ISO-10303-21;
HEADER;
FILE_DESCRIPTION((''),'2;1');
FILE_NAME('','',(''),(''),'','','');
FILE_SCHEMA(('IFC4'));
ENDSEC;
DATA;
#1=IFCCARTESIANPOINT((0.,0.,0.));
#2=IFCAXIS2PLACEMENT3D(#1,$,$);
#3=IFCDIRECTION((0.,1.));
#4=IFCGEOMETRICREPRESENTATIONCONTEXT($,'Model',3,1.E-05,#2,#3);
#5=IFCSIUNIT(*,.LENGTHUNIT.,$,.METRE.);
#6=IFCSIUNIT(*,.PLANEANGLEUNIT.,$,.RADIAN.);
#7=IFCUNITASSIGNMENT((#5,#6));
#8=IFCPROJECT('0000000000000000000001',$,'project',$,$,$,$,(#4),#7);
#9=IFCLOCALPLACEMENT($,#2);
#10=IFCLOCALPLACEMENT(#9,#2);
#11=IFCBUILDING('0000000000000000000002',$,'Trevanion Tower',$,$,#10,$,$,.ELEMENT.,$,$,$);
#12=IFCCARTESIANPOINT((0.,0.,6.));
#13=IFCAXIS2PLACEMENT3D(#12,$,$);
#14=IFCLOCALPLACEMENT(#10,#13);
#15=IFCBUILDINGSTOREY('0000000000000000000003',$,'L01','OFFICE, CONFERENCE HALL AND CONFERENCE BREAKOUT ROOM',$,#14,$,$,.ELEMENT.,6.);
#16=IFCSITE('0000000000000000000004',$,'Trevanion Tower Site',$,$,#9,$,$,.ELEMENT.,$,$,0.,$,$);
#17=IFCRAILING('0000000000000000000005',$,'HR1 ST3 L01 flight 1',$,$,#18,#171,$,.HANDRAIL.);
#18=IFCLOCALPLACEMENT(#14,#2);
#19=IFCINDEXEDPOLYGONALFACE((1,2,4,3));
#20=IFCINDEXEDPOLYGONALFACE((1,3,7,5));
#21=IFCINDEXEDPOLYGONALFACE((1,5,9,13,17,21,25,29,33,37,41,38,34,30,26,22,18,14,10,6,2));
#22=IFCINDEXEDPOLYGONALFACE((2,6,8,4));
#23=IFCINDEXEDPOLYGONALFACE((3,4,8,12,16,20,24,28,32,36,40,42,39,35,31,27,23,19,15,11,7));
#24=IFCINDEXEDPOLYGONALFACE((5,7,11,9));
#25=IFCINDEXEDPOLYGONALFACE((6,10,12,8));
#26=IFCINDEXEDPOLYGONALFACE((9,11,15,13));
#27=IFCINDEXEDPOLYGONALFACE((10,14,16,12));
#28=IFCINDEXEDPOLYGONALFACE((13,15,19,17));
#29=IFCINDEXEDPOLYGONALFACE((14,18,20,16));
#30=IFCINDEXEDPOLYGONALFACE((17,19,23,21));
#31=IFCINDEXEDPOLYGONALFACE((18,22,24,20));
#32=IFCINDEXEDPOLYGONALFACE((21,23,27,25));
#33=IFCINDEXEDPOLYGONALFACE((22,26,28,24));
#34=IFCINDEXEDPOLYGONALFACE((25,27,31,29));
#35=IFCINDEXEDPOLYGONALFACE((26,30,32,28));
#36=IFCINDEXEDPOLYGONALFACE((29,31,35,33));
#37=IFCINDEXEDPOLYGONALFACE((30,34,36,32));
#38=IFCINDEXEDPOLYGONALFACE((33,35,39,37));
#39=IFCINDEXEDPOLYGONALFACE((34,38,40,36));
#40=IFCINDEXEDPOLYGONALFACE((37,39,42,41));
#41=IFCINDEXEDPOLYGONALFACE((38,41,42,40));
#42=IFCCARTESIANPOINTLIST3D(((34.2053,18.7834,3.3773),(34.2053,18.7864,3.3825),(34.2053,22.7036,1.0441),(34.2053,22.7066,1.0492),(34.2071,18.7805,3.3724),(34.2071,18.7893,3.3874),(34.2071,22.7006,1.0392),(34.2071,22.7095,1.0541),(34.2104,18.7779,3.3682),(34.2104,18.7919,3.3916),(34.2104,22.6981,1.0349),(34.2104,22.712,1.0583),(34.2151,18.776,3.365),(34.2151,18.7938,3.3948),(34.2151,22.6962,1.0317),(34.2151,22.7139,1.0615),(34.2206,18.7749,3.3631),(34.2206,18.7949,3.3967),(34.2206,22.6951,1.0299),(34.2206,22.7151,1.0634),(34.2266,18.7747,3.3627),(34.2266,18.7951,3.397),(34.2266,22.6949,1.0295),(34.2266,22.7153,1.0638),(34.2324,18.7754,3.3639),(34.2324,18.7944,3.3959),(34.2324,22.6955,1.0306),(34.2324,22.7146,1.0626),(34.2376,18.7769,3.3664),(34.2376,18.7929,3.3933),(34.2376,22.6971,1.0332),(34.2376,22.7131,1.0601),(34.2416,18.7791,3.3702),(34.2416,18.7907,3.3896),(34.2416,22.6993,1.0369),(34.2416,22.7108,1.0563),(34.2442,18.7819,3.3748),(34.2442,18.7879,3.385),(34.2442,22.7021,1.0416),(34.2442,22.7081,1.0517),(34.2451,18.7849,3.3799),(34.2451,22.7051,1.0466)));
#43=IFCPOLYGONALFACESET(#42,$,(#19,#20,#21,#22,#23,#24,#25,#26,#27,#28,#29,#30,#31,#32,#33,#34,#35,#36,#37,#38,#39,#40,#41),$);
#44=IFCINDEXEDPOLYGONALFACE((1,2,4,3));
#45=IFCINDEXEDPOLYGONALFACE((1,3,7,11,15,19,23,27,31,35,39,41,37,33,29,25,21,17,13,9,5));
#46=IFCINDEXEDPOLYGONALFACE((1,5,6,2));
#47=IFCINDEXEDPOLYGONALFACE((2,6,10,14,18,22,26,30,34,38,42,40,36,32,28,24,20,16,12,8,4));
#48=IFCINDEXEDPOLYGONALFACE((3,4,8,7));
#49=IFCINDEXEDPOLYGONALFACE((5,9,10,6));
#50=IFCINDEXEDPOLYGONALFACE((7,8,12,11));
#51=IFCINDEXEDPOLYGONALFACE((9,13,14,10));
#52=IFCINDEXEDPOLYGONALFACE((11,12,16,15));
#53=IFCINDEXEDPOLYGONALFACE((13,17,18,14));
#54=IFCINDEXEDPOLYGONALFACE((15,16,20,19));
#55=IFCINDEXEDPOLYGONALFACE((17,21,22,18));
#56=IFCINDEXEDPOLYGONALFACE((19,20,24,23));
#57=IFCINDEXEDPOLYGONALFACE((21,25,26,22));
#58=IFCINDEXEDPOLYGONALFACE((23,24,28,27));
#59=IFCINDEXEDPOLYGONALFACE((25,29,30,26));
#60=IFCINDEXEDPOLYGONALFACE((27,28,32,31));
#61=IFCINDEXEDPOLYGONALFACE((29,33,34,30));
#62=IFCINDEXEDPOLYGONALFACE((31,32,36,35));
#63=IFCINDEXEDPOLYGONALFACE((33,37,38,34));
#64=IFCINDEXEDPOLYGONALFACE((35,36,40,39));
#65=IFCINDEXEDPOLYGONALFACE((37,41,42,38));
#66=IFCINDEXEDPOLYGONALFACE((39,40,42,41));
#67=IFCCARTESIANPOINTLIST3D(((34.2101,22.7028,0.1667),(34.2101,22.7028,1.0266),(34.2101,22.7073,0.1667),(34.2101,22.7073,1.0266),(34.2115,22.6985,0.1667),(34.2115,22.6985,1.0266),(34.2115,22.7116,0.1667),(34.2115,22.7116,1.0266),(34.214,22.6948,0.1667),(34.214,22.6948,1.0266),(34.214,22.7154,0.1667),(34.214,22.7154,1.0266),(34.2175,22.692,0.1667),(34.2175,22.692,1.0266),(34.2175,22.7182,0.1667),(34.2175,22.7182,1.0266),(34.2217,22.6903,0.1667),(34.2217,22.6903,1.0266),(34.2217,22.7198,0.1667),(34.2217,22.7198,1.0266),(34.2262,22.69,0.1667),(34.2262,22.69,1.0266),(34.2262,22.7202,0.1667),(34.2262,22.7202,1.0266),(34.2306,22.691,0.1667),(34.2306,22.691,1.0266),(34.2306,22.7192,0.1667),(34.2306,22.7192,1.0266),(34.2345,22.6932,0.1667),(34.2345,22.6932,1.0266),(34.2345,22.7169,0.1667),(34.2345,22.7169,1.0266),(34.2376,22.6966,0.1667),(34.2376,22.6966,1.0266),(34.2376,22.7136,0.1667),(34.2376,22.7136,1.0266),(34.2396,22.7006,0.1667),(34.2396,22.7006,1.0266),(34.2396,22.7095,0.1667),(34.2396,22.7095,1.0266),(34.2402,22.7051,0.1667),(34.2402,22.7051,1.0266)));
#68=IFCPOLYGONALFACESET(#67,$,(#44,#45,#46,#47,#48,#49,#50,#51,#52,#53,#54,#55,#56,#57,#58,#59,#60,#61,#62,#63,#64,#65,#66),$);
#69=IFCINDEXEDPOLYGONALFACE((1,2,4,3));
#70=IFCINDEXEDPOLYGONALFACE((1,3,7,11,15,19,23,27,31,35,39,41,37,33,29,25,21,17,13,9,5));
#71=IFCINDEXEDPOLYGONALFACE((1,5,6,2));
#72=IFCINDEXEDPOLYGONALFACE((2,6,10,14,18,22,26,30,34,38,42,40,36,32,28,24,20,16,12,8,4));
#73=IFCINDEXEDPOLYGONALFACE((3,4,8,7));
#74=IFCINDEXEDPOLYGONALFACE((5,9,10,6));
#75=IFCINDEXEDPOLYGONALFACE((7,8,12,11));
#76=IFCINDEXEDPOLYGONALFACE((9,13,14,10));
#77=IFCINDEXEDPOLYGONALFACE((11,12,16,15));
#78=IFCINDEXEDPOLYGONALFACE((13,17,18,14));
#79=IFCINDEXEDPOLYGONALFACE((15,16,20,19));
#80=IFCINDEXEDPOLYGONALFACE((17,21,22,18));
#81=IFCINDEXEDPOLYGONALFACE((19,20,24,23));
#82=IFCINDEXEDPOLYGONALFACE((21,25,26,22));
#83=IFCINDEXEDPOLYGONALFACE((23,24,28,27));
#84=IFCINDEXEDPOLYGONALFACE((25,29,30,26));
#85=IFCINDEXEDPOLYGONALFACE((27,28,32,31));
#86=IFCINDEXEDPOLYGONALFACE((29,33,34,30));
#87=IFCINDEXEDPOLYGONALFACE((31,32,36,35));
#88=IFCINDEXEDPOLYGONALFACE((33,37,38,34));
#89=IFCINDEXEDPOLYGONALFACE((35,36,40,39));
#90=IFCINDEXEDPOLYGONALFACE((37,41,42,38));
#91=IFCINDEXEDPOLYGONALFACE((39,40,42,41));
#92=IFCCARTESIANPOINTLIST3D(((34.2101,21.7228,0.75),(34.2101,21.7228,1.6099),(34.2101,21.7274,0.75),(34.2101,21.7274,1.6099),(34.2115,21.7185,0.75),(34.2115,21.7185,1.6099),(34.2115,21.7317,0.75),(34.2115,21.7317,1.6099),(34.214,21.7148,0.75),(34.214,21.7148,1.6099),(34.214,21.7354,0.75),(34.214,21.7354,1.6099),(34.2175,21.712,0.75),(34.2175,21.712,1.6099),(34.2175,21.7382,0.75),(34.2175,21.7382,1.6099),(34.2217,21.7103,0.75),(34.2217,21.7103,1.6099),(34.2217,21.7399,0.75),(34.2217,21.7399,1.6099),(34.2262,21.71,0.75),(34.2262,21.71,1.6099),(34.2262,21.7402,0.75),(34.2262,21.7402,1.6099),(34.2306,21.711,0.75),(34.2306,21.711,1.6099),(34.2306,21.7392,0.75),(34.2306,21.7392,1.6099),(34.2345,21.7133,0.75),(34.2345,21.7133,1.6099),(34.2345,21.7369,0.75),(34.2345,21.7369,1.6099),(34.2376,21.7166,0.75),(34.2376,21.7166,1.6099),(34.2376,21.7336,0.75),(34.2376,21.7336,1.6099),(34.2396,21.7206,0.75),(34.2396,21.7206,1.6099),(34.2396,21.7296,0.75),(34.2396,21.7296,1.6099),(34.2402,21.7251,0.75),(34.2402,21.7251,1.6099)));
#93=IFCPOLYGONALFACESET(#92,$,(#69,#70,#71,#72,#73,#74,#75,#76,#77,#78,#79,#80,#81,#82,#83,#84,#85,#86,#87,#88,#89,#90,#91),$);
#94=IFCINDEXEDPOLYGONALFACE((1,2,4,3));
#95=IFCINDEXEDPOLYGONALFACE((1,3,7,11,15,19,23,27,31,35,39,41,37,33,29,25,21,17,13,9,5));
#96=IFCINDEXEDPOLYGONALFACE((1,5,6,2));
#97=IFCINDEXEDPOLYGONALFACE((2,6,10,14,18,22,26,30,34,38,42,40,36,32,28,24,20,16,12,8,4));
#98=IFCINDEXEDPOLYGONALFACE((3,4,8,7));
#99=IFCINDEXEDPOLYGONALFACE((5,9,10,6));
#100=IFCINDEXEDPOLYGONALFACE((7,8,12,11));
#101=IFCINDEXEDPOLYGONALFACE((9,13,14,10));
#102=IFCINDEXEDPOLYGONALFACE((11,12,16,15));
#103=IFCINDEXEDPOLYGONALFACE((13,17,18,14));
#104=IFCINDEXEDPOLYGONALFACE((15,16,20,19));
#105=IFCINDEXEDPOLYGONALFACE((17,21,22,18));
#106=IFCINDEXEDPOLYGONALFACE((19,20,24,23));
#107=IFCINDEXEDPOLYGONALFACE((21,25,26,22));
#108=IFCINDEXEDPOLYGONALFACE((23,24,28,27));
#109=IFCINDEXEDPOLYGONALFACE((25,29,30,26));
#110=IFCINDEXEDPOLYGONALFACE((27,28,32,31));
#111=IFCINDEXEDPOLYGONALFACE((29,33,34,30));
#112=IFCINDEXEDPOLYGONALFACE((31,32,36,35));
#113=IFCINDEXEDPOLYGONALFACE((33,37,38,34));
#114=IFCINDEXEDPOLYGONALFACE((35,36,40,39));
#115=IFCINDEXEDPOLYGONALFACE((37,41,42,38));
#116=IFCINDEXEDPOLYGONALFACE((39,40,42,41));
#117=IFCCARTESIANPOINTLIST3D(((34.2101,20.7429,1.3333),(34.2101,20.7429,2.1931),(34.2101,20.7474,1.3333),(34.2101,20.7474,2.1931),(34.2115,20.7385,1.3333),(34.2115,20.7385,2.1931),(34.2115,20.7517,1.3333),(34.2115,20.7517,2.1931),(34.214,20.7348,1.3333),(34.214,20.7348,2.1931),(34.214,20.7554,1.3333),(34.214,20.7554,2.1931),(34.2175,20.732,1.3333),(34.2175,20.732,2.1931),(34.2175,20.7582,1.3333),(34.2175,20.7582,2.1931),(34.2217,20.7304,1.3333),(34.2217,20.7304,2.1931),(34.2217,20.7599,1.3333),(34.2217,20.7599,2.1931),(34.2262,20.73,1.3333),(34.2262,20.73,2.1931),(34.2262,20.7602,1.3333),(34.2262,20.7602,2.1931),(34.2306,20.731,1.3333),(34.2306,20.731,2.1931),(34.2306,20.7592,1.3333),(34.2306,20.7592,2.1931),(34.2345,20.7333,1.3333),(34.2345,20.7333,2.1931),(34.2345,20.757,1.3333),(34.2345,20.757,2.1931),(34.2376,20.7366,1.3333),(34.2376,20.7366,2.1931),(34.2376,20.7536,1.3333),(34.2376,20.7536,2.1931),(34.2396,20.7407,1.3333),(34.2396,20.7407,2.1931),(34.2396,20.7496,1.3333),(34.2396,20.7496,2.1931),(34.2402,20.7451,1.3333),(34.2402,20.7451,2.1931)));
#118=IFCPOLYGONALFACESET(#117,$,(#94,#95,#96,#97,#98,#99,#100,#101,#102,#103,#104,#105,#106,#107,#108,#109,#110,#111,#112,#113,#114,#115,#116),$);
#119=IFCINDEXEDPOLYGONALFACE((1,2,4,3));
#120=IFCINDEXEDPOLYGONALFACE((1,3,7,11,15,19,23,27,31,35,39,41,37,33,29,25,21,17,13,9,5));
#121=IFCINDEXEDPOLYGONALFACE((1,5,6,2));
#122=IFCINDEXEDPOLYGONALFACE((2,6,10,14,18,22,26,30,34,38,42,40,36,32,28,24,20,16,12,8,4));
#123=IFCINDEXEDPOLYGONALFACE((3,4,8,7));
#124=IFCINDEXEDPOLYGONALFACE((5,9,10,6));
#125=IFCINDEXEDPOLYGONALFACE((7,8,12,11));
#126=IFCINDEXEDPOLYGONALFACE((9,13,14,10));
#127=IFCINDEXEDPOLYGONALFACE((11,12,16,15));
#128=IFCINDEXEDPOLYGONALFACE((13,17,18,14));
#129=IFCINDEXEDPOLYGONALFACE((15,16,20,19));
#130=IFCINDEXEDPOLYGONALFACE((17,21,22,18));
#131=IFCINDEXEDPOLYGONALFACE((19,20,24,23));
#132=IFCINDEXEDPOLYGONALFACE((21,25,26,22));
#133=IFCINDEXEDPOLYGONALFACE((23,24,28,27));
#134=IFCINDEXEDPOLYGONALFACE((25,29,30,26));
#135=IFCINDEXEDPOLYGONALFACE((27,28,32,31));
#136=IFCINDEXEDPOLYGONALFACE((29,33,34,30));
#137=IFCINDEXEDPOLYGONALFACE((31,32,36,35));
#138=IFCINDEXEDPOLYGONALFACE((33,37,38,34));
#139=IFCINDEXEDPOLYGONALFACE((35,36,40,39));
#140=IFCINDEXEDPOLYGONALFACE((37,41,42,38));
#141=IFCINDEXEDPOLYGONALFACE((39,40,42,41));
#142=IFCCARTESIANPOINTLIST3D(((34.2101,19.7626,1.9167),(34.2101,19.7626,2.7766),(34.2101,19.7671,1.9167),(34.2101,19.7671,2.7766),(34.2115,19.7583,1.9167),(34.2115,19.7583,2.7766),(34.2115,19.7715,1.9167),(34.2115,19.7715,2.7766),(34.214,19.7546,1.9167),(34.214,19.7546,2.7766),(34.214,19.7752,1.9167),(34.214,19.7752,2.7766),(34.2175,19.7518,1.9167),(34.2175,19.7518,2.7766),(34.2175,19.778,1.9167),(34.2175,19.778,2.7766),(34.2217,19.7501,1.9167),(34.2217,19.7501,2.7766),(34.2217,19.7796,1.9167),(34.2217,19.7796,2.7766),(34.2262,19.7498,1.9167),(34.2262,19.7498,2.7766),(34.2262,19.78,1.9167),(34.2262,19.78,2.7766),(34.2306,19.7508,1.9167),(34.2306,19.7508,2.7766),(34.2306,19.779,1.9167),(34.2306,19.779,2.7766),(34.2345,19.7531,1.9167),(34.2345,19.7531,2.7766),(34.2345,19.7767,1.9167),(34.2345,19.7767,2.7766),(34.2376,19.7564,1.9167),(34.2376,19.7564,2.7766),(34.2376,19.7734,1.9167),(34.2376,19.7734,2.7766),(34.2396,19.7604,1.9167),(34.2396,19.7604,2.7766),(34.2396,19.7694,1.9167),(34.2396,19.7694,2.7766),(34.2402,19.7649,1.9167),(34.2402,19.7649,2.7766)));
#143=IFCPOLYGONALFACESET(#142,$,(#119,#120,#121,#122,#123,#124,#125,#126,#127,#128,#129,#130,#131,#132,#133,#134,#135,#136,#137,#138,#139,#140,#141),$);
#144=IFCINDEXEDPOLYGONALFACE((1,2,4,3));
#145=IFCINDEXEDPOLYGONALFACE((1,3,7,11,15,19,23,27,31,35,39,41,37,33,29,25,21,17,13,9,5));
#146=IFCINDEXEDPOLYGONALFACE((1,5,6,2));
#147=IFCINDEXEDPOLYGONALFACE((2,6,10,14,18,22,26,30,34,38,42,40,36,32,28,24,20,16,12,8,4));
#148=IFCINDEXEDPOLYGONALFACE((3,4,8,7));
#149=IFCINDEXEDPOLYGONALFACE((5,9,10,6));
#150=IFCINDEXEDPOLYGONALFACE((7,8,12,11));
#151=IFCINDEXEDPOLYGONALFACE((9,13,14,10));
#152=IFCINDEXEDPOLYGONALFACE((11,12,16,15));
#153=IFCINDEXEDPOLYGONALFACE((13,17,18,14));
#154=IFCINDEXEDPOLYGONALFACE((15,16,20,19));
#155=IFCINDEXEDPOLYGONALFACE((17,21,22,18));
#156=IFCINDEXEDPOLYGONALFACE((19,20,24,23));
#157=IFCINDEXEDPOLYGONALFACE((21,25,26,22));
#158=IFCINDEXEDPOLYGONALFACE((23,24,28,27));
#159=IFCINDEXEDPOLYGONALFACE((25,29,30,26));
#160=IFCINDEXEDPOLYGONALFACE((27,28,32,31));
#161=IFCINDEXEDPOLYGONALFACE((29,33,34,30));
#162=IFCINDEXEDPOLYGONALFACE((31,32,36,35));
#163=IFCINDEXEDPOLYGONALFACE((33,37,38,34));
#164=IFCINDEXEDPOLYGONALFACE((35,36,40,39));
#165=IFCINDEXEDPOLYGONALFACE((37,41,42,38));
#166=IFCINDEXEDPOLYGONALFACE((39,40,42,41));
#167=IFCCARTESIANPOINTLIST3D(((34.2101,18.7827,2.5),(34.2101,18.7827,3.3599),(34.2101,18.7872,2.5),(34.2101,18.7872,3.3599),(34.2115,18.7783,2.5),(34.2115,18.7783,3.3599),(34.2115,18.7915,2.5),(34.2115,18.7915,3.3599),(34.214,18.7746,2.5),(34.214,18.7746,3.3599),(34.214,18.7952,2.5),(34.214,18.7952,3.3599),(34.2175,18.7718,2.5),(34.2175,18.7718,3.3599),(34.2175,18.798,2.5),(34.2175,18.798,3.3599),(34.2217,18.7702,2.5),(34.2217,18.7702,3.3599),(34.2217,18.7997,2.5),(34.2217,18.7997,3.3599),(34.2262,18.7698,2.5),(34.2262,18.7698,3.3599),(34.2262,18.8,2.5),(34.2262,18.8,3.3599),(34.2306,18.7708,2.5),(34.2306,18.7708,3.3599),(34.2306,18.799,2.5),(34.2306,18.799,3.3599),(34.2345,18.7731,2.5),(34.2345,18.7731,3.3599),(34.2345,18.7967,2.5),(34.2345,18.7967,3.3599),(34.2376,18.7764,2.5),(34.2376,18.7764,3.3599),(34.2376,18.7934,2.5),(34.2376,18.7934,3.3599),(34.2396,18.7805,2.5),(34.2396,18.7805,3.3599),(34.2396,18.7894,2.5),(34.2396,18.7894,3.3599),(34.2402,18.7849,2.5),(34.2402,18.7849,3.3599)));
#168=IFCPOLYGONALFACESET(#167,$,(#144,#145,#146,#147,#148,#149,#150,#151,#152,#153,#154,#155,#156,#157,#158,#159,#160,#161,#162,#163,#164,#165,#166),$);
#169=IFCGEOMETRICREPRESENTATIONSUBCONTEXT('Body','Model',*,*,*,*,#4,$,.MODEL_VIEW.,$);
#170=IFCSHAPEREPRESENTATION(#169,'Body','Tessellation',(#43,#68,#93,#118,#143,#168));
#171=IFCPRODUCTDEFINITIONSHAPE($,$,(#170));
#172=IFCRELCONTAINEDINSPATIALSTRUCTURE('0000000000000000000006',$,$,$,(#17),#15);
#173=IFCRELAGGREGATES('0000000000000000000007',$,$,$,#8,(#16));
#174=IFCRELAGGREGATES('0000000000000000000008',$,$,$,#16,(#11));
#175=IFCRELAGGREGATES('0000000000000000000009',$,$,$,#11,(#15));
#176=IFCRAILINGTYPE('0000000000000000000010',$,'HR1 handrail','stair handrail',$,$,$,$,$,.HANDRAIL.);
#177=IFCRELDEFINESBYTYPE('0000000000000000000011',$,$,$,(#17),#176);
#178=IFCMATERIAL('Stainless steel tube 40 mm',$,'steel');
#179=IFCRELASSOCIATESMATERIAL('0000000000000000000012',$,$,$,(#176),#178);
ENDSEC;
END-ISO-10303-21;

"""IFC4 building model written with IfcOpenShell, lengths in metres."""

from ifc_helpers import new_model, si_unit, direction, frame, origin, origin_2d, place, context, subcontext, project, spatial, circle, extrude, material, type_object, element, save


model = new_model("IFC4")

# Units and contexts
model_context = context("Model", 3, precision=1e-05, world=origin(), true_north=direction((0.0, 1.0)))
body_context = subcontext(model_context, "Body", "Model", "MODEL_VIEW")
ifc_project = project(units=[si_unit("LENGTHUNIT", "METRE"), si_unit("PLANEANGLEUNIT", "RADIAN")], contexts=[model_context])

# Site, building, storey
site_placement = place(None, origin())
site = spatial("IfcSite", under=ifc_project, at=site_placement, Name="Trevanion Tower Site", CompositionType="ELEMENT", RefElevation=0.0)
building_placement = place(site_placement, origin())
building = spatial("IfcBuilding", under=site, at=building_placement, Name="Trevanion Tower", CompositionType="ELEMENT")
storey_placement = place(building_placement, frame((0.0, 0.0, 6.0)))
storey = spatial("IfcBuildingStorey", under=building, at=storey_placement, Name="L01", Description="OFFICE, CONFERENCE HALL AND CONFERENCE BREAKOUT ROOM", CompositionType="ELEMENT", Elevation=6.0)

# Railing
ifc_material_1 = material(Name="Stainless steel tube 40 mm", Category="steel")
railing_type_1 = type_object("IfcRailingType", Name="HR1 handrail", Description="stair handrail", PredefinedType="HANDRAIL", material=ifc_material_1)
railing_1_placement = place(storey_placement, frame((34.2251, 22.7051, 0.1667)))
element("IfcRailing", 1, at=railing_1_placement, inside=storey, type_object=railing_type_1, Name="HR1 ST3 L01 flight 1", PredefinedType="HANDRAIL", context=body_context, shape_type="SweptSolid", body=[
    extrude(circle(Radius=0.02, at=origin_2d()), frame((0.0, 0.0, 0.8799), z_axis=(0.0, -0.85931, 0.511455), x_axis=(1.0, 0.0, 0.0)), (0.0, 0.0, 1.0), 4.562),
    extrude(circle(Radius=0.0151, at=origin_2d()), origin(), (0.0, 0.0, 1.0), 0.8599),
    extrude(circle(Radius=0.0151, at=origin_2d()), frame((0.0, -0.98, 0.5833)), (0.0, 0.0, 1.0), 0.8599),
    extrude(circle(Radius=0.0151, at=origin_2d()), frame((0.0, -1.96, 1.1665)), (0.0, 0.0, 1.0), 0.8599),
    extrude(circle(Radius=0.0151, at=origin_2d()), frame((0.0, -2.9402, 1.75)), (0.0, 0.0, 1.0), 0.8599),
    extrude(circle(Radius=0.0151, at=origin_2d()), frame((0.0, -3.9202, 2.3333)), (0.0, 0.0, 1.0), 0.8599),
])

save(model, "model.ifc")
